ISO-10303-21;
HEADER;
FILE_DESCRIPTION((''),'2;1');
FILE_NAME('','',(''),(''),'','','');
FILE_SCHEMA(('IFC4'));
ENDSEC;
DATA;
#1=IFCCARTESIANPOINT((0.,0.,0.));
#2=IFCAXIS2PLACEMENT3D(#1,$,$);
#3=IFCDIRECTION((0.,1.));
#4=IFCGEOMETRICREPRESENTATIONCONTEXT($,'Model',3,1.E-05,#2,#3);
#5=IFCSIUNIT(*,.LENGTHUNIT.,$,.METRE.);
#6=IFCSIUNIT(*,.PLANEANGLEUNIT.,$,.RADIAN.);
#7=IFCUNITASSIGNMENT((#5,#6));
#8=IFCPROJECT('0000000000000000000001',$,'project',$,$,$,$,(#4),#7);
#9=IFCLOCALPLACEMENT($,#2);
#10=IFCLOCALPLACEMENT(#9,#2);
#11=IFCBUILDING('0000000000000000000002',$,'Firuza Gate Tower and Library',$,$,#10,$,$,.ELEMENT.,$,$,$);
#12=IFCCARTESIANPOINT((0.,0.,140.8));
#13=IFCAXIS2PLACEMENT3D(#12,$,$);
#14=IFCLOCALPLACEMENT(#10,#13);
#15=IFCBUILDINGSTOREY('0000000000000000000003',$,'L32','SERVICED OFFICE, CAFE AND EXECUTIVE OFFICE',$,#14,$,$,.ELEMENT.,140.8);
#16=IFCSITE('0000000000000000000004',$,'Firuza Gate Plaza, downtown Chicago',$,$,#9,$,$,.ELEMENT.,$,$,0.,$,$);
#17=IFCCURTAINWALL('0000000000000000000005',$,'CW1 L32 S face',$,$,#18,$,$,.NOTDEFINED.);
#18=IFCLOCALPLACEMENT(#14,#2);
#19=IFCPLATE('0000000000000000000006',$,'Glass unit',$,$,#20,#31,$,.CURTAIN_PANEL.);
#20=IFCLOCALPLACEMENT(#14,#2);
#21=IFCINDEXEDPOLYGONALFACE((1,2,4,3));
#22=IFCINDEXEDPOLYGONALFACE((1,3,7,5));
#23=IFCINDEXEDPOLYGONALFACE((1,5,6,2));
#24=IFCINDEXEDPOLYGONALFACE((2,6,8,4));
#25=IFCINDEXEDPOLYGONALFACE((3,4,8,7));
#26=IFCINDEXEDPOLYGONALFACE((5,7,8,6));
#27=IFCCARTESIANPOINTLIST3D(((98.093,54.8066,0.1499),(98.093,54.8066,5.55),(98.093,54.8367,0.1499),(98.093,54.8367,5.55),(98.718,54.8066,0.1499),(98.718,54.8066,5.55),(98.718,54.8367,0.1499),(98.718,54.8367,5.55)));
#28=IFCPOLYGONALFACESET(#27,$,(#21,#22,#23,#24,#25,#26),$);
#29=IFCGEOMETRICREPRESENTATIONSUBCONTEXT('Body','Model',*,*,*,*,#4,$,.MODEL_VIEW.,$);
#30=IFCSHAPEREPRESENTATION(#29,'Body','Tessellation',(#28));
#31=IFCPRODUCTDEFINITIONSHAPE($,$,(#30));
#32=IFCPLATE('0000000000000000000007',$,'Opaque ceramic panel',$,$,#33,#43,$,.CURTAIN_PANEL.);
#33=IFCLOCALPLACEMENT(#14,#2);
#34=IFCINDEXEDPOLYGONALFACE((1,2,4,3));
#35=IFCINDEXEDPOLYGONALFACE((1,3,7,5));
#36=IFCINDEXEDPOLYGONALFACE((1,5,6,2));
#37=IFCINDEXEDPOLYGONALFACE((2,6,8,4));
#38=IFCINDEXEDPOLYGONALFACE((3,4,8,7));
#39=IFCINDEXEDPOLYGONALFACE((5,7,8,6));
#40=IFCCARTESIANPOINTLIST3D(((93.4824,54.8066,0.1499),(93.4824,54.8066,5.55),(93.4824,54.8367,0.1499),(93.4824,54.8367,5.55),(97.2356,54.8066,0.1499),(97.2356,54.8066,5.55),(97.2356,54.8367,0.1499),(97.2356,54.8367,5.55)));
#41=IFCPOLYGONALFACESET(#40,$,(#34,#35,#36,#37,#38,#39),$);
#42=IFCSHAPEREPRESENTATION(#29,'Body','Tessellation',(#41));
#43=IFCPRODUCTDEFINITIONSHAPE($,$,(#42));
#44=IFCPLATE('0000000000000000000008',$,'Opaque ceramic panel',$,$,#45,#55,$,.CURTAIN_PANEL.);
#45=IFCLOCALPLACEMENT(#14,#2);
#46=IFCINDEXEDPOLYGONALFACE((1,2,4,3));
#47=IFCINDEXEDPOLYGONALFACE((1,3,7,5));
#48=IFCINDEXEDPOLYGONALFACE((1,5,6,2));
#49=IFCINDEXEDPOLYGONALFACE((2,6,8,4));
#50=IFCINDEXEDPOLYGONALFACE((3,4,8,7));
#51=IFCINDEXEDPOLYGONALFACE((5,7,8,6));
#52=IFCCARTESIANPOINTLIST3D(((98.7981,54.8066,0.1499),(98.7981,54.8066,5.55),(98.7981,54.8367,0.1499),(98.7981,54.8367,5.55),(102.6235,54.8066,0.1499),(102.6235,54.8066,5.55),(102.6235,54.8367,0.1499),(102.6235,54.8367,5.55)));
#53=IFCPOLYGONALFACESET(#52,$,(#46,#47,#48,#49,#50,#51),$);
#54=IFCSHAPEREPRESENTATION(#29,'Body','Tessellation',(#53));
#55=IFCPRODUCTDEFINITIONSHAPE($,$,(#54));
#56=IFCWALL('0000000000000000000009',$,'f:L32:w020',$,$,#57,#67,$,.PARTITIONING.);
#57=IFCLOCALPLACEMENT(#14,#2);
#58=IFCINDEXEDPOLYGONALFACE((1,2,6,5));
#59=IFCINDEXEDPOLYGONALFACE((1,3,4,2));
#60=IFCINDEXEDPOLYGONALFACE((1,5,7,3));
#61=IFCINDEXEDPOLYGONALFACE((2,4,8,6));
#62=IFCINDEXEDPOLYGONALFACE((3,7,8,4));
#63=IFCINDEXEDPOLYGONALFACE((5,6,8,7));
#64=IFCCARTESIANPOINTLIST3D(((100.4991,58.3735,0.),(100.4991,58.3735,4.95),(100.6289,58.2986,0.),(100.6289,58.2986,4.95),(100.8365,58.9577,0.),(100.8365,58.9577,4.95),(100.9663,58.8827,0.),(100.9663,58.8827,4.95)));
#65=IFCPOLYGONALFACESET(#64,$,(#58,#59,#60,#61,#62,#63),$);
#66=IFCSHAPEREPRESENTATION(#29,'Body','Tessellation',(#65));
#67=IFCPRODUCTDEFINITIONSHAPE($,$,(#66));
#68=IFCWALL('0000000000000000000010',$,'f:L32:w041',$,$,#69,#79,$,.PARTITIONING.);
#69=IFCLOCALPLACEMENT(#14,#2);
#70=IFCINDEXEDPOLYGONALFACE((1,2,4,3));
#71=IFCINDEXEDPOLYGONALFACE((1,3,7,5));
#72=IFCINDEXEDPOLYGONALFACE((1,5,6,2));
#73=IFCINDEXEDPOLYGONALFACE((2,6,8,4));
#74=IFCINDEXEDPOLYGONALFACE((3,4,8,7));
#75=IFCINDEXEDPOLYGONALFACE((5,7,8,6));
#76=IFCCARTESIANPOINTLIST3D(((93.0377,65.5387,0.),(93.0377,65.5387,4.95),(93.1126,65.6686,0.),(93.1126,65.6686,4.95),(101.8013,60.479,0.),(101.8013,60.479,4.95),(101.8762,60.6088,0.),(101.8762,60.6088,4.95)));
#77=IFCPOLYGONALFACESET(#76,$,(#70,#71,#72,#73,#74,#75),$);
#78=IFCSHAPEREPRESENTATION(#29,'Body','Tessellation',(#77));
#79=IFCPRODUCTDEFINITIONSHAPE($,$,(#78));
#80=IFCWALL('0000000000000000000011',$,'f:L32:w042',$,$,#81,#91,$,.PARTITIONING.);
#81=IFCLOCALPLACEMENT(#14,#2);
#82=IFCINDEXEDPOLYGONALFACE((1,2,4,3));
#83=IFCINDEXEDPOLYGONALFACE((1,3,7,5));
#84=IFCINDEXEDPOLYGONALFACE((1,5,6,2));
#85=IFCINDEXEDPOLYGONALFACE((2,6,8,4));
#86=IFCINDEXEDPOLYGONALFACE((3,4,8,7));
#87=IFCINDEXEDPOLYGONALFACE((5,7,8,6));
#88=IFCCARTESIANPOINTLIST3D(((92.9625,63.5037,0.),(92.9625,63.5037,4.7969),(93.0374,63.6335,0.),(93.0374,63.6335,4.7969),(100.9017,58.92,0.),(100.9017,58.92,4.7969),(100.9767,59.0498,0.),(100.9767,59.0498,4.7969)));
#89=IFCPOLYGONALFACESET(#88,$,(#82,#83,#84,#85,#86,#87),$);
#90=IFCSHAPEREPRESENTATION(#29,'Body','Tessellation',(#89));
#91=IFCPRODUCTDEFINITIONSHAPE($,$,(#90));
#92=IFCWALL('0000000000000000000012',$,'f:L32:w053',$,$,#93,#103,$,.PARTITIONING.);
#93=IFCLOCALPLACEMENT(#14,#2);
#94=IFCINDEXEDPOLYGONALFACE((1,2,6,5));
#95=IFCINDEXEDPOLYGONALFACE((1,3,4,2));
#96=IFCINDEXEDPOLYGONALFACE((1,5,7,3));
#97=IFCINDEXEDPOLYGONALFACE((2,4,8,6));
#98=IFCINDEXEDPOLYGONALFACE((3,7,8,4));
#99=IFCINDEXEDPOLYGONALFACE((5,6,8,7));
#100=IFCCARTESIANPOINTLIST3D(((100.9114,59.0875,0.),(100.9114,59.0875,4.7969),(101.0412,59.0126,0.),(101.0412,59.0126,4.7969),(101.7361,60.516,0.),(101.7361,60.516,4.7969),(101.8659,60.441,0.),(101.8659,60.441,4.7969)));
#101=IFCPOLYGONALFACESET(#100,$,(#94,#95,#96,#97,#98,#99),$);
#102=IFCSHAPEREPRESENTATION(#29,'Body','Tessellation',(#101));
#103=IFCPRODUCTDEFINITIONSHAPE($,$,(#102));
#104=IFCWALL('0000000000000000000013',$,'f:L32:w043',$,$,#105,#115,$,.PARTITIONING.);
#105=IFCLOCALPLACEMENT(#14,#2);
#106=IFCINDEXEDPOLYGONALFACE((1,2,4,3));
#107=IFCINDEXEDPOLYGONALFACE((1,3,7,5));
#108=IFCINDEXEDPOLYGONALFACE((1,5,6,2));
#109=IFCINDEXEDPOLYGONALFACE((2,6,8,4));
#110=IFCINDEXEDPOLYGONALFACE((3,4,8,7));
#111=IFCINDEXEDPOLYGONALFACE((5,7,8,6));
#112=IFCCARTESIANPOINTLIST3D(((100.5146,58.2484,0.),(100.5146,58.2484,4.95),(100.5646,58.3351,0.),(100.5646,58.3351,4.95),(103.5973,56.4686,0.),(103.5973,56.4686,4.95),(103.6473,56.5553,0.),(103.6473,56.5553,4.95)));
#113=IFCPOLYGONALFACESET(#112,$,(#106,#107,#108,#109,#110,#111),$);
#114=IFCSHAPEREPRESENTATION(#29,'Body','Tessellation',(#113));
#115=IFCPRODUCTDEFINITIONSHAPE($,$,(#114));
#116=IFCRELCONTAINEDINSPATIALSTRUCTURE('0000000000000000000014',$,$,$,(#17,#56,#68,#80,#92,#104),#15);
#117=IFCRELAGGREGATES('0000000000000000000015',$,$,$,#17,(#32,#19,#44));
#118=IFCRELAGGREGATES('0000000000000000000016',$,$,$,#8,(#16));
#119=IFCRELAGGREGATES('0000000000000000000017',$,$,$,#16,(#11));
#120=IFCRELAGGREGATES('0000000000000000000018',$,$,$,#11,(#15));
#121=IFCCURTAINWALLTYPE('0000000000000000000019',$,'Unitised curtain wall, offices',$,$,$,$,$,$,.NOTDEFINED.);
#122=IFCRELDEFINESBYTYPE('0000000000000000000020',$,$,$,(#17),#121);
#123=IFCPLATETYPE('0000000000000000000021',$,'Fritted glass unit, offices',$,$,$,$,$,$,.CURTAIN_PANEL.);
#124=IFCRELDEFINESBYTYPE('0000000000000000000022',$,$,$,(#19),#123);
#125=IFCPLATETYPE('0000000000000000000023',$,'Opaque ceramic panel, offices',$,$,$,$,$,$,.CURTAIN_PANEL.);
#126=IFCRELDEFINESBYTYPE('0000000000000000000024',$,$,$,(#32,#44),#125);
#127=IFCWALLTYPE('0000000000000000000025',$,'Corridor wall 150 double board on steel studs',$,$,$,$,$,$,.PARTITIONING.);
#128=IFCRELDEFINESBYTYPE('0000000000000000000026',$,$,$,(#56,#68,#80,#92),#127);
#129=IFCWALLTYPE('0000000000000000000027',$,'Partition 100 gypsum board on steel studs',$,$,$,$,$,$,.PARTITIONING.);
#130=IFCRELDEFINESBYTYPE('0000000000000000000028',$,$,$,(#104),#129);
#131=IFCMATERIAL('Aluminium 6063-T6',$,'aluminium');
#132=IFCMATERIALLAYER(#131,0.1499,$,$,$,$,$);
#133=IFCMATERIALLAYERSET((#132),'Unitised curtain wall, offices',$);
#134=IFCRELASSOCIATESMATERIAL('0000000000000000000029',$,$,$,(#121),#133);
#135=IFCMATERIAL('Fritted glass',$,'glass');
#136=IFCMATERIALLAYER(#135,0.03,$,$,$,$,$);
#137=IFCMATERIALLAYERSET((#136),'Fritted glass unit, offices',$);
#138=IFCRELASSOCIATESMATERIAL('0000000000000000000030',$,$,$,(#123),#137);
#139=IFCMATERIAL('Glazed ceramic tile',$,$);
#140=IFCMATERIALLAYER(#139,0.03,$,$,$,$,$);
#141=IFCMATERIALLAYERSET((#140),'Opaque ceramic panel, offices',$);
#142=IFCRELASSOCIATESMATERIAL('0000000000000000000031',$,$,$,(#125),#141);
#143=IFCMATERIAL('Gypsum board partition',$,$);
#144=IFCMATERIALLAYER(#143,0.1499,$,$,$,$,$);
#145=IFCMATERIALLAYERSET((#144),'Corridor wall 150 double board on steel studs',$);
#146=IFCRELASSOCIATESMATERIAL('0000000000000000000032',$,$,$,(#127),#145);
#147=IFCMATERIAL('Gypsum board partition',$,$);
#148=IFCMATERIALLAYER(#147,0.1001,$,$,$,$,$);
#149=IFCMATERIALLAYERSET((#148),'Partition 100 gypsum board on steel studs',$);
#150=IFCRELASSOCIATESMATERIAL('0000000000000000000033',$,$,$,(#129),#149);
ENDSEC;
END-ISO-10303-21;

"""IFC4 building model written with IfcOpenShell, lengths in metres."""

from ifc_helpers import new_model, si_unit, direction, frame, frame_2d, origin, place, context, subcontext, project, spatial, polyline, rectangle, outline, extrude, material, layer, layer_set, type_object, element, aggregate, save


model = new_model("IFC4")

# Units and contexts
model_context = context("Model", 3, precision=1e-05, world=origin(), true_north=direction((0.0, 1.0)))
body_context = subcontext(model_context, "Body", "Model", "MODEL_VIEW")
ifc_project = project(units=[si_unit("LENGTHUNIT", "METRE"), si_unit("PLANEANGLEUNIT", "RADIAN")], contexts=[model_context])

# Site, building, storey
site_placement = place(None, origin())
site = spatial("IfcSite", under=ifc_project, at=site_placement, Name="Firuza Gate Plaza, downtown Chicago", CompositionType="ELEMENT", RefElevation=0.0)
building_placement = place(site_placement, origin())
building = spatial("IfcBuilding", under=site, at=building_placement, Name="Firuza Gate Tower and Library", CompositionType="ELEMENT")
storey_placement = place(building_placement, frame((0.0, 0.0, 140.8)))
storey = spatial("IfcBuildingStorey", under=building, at=storey_placement, Name="L32", Description="SERVICED OFFICE, CAFE AND EXECUTIVE OFFICE", CompositionType="ELEMENT", Elevation=140.8)

# Curtain wall
ifc_material_1 = material(Name="Aluminium 6063-T6", Category="aluminium")
ifc_layer_1 = layer(ifc_material_1, 0.1499)
ifc_layer_set_1 = layer_set([ifc_layer_1], Name="Unitised curtain wall, offices")
curtain_wall_type_1 = type_object("IfcCurtainWallType", Name="Unitised curtain wall, offices", PredefinedType="NOTDEFINED", material=ifc_layer_set_1)
placement = place(storey_placement, origin())
curtain_wall_1 = element("IfcCurtainWall", 1, at=placement, inside=storey, type_object=curtain_wall_type_1, Name="CW1 L32 S face", PredefinedType="NOTDEFINED")

# Plates
ifc_material_2 = material(Name="Fritted glass", Category="glass")
ifc_layer_2 = layer(ifc_material_2, 0.03)
ifc_layer_set_2 = layer_set([ifc_layer_2], Name="Fritted glass unit, offices")
plate_type_1 = type_object("IfcPlateType", Name="Fritted glass unit, offices", PredefinedType="CURTAIN_PANEL", material=ifc_layer_set_2)
plate_1_placement = place(storey_placement, frame((98.093, 54.8066, 0.1499), z_axis=(0.0, -1.0, 0.0), x_axis=(1.0, 0.0, 0.0)))
plate_1 = element("IfcPlate", 2, at=plate_1_placement, type_object=plate_type_1, Name="Glass unit", PredefinedType="CURTAIN_PANEL", context=body_context, shape_type="SweptSolid", body=[
    extrude(outline(polyline([(0.0, 0.0), (0.625, 0.0), (0.625, 5.4001), (0.0, 5.4001), (0.0, 0.0)])), origin(), (0.0, 0.0, -1.0), 0.03),
])
ifc_material_3 = material(Name="Glazed ceramic tile")
ifc_layer_3 = layer(ifc_material_3, 0.03)
ifc_layer_set_3 = layer_set([ifc_layer_3], Name="Opaque ceramic panel, offices")
plate_type_2 = type_object("IfcPlateType", Name="Opaque ceramic panel, offices", PredefinedType="CURTAIN_PANEL", material=ifc_layer_set_3)
plate_2_placement = place(storey_placement, frame((93.4824, 54.8066, 0.1499), z_axis=(0.0, -1.0, 0.0), x_axis=(1.0, 0.0, 0.0)))
plate_2 = element("IfcPlate", 3, at=plate_2_placement, type_object=plate_type_2, Name="Opaque ceramic panel", PredefinedType="CURTAIN_PANEL", context=body_context, shape_type="SweptSolid", body=[
    extrude(outline(polyline([(0.0, 0.0), (3.7532, 0.0), (3.7532, 5.4001), (0.0, 5.4001), (0.0, 0.0)])), origin(), (0.0, 0.0, -1.0), 0.03),
])
plate_3_placement = place(storey_placement, frame((98.7981, 54.8066, 0.1499), z_axis=(0.0, -1.0, 0.0), x_axis=(1.0, 0.0, 0.0)))
plate_3 = element("IfcPlate", 4, at=plate_3_placement, type_object=plate_type_2, Name="Opaque ceramic panel", PredefinedType="CURTAIN_PANEL", context=body_context, shape_type="SweptSolid", body=[
    extrude(outline(polyline([(0.0, 0.0), (3.8254, 0.0), (3.8254, 5.4001), (0.0, 5.4001), (0.0, 0.0)])), origin(), (0.0, 0.0, -1.0), 0.03),
])
aggregate(curtain_wall_1, [plate_2, plate_1, plate_3])

# Walls
ifc_material_4 = material(Name="Gypsum board partition")
ifc_layer_4 = layer(ifc_material_4, 0.1499)
ifc_layer_set_4 = layer_set([ifc_layer_4], Name="Corridor wall 150 double board on steel studs")
wall_type_1 = type_object("IfcWallType", Name="Corridor wall 150 double board on steel studs", PredefinedType="PARTITIONING", material=ifc_layer_set_4)
wall_1_placement = place(storey_placement, frame((100.564, 58.3359, 0.0), z_axis=(0.0, 0.0, 1.0), x_axis=(0.500109, 0.865963, 0.0)))
element("IfcWall", 5, at=wall_1_placement, inside=storey, type_object=wall_type_1, Name="f:L32:w020", PredefinedType="PARTITIONING", context=body_context, shape_type="SweptSolid", body=[
    extrude(rectangle(XDim=0.6746, YDim=0.1499, at=frame_2d((0.3374, 0.0))), origin(), (0.0, 0.0, 1.0), 4.95),
])
wall_2_placement = place(storey_placement, frame((101.8386, 60.5439, 0.0), z_axis=(0.0, 0.0, 1.0), x_axis=(-0.866021, 0.500008, 0.0)))
element("IfcWall", 6, at=wall_2_placement, inside=storey, type_object=wall_type_1, Name="f:L32:w041", PredefinedType="PARTITIONING", context=body_context, shape_type="SweptSolid", body=[
    extrude(rectangle(XDim=10.1194, YDim=0.1499, at=frame_2d((5.0596, 0.0))), origin(), (0.0, 0.0, 1.0), 4.95),
])
wall_3_placement = place(storey_placement, frame((100.9392, 58.9849, 0.0), z_axis=(0.0, 0.0, 1.0), x_axis=(-0.866024, 0.500003, 0.0)))
element("IfcWall", 7, at=wall_3_placement, inside=storey, type_object=wall_type_1, Name="f:L32:w042", PredefinedType="PARTITIONING", context=body_context, shape_type="SweptSolid", body=[
    extrude(rectangle(XDim=9.1675, YDim=0.1499, at=frame_2d((4.5837, 0.0))), origin(), (0.0, 0.0, 1.0), 4.7969),
])
wall_4_placement = place(storey_placement, frame((100.9763, 59.05, 0.0), z_axis=(0.0, 0.0, 1.0), x_axis=(0.499992, 0.86603, 0.0)))
element("IfcWall", 8, at=wall_4_placement, inside=storey, type_object=wall_type_1, Name="f:L32:w053", PredefinedType="PARTITIONING", context=body_context, shape_type="SweptSolid", body=[
    extrude(rectangle(XDim=1.6494, YDim=0.1499, at=frame_2d((0.8247, 0.0))), origin(), (0.0, 0.0, 1.0), 4.7969),
])
ifc_material_5 = material(Name="Gypsum board partition")
ifc_layer_5 = layer(ifc_material_5, 0.1001)
ifc_layer_set_5 = layer_set([ifc_layer_5], Name="Partition 100 gypsum board on steel studs")
wall_type_2 = type_object("IfcWallType", Name="Partition 100 gypsum board on steel studs", PredefinedType="PARTITIONING", material=ifc_layer_set_5)
wall_5_placement = place(storey_placement, frame((103.6223, 56.512, 0.0), z_axis=(0.0, 0.0, 1.0), x_axis=(-0.866031, 0.49999, 0.0)))
element("IfcWall", 9, at=wall_5_placement, inside=storey, type_object=wall_type_2, Name="f:L32:w043", PredefinedType="PARTITIONING", context=body_context, shape_type="SweptSolid", body=[
    extrude(rectangle(XDim=3.5596, YDim=0.1001, at=frame_2d((1.7798, 0.0))), origin(), (0.0, 0.0, 1.0), 4.95),
])

save(model, "model.ifc")
